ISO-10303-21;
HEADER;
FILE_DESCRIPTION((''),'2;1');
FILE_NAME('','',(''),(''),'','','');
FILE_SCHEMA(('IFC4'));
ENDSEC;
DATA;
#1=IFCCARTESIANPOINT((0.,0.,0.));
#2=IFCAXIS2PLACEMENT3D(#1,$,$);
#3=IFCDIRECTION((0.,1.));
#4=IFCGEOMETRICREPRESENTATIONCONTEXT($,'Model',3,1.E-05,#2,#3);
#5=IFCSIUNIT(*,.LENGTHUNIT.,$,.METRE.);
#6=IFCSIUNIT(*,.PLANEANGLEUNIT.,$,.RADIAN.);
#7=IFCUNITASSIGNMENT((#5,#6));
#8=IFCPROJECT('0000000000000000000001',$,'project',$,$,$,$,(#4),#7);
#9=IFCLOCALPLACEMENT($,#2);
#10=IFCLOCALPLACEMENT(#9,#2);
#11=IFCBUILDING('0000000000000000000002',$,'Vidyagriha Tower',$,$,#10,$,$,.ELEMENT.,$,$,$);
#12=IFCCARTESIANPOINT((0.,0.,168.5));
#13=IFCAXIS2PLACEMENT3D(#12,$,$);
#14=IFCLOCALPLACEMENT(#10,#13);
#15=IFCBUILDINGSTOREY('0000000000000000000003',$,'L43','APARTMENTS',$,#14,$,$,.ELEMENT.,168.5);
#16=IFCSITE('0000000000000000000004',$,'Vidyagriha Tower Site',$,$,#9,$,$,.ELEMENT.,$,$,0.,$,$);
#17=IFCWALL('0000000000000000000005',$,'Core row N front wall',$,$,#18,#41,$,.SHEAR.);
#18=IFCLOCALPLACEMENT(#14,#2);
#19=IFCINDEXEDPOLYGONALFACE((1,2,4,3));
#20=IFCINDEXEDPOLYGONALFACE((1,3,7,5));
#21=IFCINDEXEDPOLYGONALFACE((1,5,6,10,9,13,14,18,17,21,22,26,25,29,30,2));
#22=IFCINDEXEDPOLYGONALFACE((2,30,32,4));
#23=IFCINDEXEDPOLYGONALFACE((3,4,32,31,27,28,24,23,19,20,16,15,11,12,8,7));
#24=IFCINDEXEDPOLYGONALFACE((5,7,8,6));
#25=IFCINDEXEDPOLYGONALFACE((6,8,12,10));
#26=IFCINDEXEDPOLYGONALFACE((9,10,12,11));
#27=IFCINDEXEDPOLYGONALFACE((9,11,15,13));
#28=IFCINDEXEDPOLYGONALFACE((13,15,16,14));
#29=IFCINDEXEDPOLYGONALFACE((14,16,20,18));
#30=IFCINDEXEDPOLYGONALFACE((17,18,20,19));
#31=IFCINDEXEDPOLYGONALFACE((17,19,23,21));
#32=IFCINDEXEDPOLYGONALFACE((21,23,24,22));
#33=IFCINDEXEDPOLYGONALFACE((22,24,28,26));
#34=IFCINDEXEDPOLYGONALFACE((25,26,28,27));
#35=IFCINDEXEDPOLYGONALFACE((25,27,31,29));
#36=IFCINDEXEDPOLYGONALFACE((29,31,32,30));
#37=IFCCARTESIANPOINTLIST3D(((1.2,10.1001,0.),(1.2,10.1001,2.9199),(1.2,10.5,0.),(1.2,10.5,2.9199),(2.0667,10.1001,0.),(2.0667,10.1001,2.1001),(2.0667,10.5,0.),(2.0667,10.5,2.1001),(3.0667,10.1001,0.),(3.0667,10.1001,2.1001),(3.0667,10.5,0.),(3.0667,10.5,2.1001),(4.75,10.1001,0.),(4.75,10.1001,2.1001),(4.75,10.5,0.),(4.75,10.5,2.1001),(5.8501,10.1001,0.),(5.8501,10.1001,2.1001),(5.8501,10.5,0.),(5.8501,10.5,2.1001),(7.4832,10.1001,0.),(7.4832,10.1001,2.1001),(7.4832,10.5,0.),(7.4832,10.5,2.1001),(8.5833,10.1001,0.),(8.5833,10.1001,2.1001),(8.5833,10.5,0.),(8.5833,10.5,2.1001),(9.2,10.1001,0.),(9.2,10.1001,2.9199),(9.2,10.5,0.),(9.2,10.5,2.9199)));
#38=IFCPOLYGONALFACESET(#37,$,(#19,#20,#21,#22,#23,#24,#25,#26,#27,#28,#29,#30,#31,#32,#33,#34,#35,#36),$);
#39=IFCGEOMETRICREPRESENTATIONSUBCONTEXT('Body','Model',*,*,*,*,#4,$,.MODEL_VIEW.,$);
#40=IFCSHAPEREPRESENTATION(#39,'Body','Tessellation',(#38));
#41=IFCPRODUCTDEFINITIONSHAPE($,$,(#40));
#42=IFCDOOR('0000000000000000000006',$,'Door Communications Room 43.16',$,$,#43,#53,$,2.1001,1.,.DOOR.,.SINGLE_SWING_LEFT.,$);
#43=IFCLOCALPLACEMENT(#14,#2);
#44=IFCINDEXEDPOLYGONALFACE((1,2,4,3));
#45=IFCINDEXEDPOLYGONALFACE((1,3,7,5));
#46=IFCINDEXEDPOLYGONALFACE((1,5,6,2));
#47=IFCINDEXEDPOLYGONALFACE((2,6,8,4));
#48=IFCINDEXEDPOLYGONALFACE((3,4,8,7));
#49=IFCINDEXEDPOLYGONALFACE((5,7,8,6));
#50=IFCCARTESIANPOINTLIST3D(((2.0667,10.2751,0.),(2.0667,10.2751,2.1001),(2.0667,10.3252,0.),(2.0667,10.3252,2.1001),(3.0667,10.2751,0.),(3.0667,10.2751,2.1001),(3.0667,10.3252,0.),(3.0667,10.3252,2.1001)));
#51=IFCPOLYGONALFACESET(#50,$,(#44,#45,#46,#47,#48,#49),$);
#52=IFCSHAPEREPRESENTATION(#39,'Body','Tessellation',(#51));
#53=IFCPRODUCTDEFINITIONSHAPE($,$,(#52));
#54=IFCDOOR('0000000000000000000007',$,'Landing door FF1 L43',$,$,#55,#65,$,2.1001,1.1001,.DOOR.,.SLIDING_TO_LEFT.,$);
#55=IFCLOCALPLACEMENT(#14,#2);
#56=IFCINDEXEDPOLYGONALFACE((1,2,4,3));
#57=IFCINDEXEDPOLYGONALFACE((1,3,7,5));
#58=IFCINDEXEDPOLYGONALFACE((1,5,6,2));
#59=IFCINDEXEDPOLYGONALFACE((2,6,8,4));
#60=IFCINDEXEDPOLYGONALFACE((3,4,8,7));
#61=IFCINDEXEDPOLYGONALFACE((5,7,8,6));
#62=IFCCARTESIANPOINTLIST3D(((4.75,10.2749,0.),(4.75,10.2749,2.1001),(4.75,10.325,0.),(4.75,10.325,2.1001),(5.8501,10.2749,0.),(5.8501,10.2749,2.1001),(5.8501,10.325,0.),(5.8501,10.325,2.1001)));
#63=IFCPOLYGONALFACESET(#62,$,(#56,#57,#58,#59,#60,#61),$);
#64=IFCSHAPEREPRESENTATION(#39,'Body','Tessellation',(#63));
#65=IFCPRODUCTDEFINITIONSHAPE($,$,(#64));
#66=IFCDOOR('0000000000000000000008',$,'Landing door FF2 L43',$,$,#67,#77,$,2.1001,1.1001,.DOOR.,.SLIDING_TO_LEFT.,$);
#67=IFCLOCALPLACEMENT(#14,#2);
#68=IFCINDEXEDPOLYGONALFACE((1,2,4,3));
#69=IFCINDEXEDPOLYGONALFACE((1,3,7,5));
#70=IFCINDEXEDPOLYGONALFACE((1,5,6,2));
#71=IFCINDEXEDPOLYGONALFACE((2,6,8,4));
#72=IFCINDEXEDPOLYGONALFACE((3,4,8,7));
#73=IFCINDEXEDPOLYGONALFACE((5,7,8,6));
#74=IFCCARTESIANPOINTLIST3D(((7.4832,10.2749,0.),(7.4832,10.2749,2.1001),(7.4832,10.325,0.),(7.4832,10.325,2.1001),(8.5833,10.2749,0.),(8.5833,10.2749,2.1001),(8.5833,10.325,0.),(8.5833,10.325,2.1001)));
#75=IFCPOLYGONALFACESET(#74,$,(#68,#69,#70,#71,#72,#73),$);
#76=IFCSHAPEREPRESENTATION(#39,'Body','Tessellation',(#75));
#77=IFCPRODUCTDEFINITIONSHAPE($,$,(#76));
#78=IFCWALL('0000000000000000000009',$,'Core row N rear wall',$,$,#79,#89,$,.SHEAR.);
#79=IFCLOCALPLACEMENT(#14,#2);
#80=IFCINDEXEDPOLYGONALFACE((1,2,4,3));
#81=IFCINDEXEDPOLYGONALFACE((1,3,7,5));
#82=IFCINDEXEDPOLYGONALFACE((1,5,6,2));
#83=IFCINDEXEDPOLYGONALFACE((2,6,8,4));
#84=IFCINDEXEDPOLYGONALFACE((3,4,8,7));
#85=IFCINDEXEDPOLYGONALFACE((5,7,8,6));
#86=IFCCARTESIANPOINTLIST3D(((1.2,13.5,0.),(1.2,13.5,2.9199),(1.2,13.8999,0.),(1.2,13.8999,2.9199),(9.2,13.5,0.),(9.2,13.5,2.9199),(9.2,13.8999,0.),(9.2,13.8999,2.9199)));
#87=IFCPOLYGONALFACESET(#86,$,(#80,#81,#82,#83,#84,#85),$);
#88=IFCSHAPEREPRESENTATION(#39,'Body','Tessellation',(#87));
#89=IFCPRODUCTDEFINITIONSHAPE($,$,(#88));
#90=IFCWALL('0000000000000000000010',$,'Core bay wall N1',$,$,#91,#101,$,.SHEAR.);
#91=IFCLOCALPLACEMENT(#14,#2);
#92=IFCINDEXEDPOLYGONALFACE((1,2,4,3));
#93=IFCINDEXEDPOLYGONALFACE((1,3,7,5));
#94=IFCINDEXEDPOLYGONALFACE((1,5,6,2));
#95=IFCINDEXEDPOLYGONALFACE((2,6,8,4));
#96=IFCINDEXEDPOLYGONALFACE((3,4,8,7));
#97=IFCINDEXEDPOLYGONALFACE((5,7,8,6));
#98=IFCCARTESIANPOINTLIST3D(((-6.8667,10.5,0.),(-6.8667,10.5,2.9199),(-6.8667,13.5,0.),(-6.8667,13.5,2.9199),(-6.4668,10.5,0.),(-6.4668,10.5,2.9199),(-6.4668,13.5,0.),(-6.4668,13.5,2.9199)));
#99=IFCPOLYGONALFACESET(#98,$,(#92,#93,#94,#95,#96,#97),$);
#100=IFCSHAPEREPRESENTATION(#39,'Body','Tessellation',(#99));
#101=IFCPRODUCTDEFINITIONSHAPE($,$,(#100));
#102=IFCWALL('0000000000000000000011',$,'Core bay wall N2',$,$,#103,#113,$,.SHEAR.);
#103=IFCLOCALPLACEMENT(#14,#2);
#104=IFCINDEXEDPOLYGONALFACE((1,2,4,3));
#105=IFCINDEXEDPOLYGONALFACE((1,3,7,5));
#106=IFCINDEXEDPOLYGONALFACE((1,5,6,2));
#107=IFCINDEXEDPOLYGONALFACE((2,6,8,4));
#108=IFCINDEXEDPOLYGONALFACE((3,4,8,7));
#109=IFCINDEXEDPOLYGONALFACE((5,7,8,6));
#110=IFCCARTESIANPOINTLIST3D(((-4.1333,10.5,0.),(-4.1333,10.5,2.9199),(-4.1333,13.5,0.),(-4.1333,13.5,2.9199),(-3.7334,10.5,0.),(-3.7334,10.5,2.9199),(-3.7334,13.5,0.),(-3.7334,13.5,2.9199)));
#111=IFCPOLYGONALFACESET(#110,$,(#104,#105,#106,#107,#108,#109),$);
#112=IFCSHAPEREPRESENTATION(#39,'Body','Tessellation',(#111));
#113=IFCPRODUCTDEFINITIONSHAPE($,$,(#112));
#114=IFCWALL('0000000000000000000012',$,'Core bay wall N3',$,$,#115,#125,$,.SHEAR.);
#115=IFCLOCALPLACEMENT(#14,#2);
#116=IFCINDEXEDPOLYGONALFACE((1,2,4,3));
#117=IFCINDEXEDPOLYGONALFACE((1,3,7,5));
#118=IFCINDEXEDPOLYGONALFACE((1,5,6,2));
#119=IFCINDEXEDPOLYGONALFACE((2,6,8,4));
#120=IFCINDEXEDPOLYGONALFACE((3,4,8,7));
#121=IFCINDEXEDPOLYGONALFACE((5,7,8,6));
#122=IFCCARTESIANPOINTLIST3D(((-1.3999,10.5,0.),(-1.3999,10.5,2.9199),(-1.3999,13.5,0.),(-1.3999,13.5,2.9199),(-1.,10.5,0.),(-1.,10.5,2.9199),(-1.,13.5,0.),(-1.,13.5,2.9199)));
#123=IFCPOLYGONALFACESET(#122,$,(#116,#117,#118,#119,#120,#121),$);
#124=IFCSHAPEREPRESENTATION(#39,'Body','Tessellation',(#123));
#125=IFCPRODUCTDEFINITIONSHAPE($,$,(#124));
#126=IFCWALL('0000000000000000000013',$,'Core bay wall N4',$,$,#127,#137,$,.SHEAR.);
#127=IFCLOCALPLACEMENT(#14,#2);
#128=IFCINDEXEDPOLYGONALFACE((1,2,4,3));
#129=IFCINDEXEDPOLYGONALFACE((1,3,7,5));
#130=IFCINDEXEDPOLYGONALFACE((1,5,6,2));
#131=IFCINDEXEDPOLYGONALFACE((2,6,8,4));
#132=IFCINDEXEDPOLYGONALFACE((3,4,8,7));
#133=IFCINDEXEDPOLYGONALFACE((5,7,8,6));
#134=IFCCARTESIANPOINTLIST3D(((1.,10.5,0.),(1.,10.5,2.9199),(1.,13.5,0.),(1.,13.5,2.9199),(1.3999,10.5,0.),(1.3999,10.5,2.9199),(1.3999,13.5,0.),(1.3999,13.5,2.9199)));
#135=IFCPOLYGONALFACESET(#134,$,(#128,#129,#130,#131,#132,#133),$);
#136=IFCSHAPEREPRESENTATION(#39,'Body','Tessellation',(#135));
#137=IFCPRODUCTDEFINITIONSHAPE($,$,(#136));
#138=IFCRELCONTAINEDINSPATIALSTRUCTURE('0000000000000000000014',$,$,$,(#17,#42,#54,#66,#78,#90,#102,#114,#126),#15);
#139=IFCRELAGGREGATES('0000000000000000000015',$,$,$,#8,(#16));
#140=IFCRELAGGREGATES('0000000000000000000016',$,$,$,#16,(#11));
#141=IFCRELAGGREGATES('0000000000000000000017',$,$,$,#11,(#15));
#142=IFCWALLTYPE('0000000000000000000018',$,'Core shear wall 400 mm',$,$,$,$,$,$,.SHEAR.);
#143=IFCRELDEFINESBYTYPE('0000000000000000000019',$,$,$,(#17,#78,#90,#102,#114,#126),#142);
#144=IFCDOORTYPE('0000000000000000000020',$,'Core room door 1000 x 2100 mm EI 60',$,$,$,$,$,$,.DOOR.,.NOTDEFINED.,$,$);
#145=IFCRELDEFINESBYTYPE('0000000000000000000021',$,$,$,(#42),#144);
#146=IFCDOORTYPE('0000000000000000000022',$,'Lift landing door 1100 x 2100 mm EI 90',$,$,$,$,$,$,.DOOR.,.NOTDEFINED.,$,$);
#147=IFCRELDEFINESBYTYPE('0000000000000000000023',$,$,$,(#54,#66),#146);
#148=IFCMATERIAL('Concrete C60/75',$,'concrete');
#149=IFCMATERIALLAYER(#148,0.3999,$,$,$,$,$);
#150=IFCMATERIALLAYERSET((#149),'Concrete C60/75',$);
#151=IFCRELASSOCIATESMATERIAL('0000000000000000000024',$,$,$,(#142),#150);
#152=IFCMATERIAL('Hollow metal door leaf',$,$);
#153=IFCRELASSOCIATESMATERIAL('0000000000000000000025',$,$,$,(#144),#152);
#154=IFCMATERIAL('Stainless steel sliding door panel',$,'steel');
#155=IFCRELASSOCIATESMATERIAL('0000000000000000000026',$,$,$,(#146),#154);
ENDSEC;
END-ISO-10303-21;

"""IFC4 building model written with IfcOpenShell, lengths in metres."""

from ifc_helpers import new_model, si_unit, direction, frame, frame_2d, origin, place, context, subcontext, project, spatial, rectangle, extrude, material, layer, layer_set, type_object, element, fill, save


model = new_model("IFC4")

# Units and contexts
model_context = context("Model", 3, precision=1e-05, world=origin(), true_north=direction((0.0, 1.0)))
body_context = subcontext(model_context, "Body", "Model", "MODEL_VIEW")
ifc_project = project(units=[si_unit("LENGTHUNIT", "METRE"), si_unit("PLANEANGLEUNIT", "RADIAN")], contexts=[model_context])

# Site, building, storey
site_placement = place(None, origin())
site = spatial("IfcSite", under=ifc_project, at=site_placement, Name="Vidyagriha Tower Site", CompositionType="ELEMENT", RefElevation=0.0)
building_placement = place(site_placement, origin())
building = spatial("IfcBuilding", under=site, at=building_placement, Name="Vidyagriha Tower", CompositionType="ELEMENT")
storey_placement = place(building_placement, frame((0.0, 0.0, 168.5)))
storey = spatial("IfcBuildingStorey", under=building, at=storey_placement, Name="L43", Description="APARTMENTS", CompositionType="ELEMENT", Elevation=168.5)

# Shared definitions
ifc_material_1 = material(Name="Concrete C60/75", Category="concrete")
ifc_layer_1 = layer(ifc_material_1, 0.3999)
ifc_layer_set_1 = layer_set([ifc_layer_1], Name="Concrete C60/75")
wall_type_1 = type_object("IfcWallType", Name="Core shear wall 400 mm", PredefinedType="SHEAR", material=ifc_layer_set_1)
ifc_material_2 = material(Name="Hollow metal door leaf")
door_type_1 = type_object("IfcDoorType", Name="Core room door 1000 x 2100 mm EI 60", OperationType="NOTDEFINED", PredefinedType="DOOR", material=ifc_material_2)

# Shared definitions
ifc_material_3 = material(Name="Stainless steel sliding door panel", Category="steel")
door_type_2 = type_object("IfcDoorType", Name="Lift landing door 1100 x 2100 mm EI 90", OperationType="NOTDEFINED", PredefinedType="DOOR", material=ifc_material_3)

# Wall, openings, doors
wall_1_placement = place(storey_placement, frame((1.2, 10.3, 0.0)))
wall_1 = element("IfcWall", 1, at=wall_1_placement, inside=storey, type_object=wall_type_1, Name="Core row N front wall", PredefinedType="SHEAR", context=body_context, shape_type="SweptSolid", body=[
    extrude(rectangle(XDim=8.0, YDim=0.3999, at=frame_2d((4.0, 0.0))), origin(), (0.0, 0.0, 1.0), 2.9199),
])
opening_1_placement = place(wall_1_placement, frame((3.55, 0.0, 0.0)))
opening_1 = element("IfcOpeningElement", 2, at=opening_1_placement, cuts=wall_1, PredefinedType="OPENING", context=body_context, shape_type="SweptSolid", body=[
    extrude(rectangle(XDim=1.1001, YDim=2.1001, at=frame_2d((0.55, 1.05))), frame((0.0, 0.21, 0.0), z_axis=(0.0, -1.0, 0.0), x_axis=(1.0, 0.0, 0.0)), (0.0, 0.0, 1.0), 0.4199),
])
opening_2_placement = place(wall_1_placement, frame((6.2832, 0.0, 0.0)))
opening_2 = element("IfcOpeningElement", 3, at=opening_2_placement, cuts=wall_1, PredefinedType="OPENING", context=body_context, shape_type="SweptSolid", body=[
    extrude(rectangle(XDim=1.1001, YDim=2.1001, at=frame_2d((0.55, 1.05))), frame((0.0, 0.21, 0.0), z_axis=(0.0, -1.0, 0.0), x_axis=(1.0, 0.0, 0.0)), (0.0, 0.0, 1.0), 0.4199),
])
opening_3_placement = place(wall_1_placement, frame((0.8667, 0.0, 0.0)))
opening_3 = element("IfcOpeningElement", 4, at=opening_3_placement, cuts=wall_1, PredefinedType="OPENING", context=body_context, shape_type="SweptSolid", body=[
    extrude(rectangle(XDim=1.0, YDim=2.1001, at=frame_2d((0.5, 1.05))), frame((0.0, 0.21, 0.0), z_axis=(0.0, -1.0, 0.0), x_axis=(1.0, 0.0, 0.0)), (0.0, 0.0, 1.0), 0.4199),
])
door_1_placement = place(opening_3_placement, frame((1.0, 0.0, 0.0), z_axis=(0.0, 0.0, 1.0), x_axis=(-1.0, 0.0, 0.0)))
door_1 = element("IfcDoor", 5, at=door_1_placement, inside=storey, type_object=door_type_1, Name="Door Communications Room 43.16", OperationType="SINGLE_SWING_LEFT", OverallHeight=2.1001, OverallWidth=1.0, PredefinedType="DOOR", context=body_context, shape_type="SweptSolid", body=[
    extrude(rectangle(XDim=1.0, YDim=2.1001, at=frame_2d((0.5, 1.05))), frame((0.0, 0.0249, 0.0), z_axis=(0.0, -1.0, 0.0), x_axis=(1.0, 0.0, 0.0)), (0.0, 0.0, 1.0), 0.05),
])
fill(opening_3, door_1)
door_2_placement = place(opening_1_placement, origin())
door_2 = element("IfcDoor", 6, at=door_2_placement, inside=storey, type_object=door_type_2, Name="Landing door FF1 L43", OperationType="SLIDING_TO_LEFT", OverallHeight=2.1001, OverallWidth=1.1001, PredefinedType="DOOR", context=body_context, shape_type="SweptSolid", body=[
    extrude(rectangle(XDim=1.1001, YDim=2.1001, at=frame_2d((0.55, 1.05))), frame((0.0, 0.0249, 0.0), z_axis=(0.0, -1.0, 0.0), x_axis=(1.0, 0.0, 0.0)), (0.0, 0.0, 1.0), 0.05),
])
fill(opening_1, door_2)
door_3_placement = place(opening_2_placement, origin())
door_3 = element("IfcDoor", 7, at=door_3_placement, inside=storey, type_object=door_type_2, Name="Landing door FF2 L43", OperationType="SLIDING_TO_LEFT", OverallHeight=2.1001, OverallWidth=1.1001, PredefinedType="DOOR", context=body_context, shape_type="SweptSolid", body=[
    extrude(rectangle(XDim=1.1001, YDim=2.1001, at=frame_2d((0.55, 1.05))), frame((0.0, 0.0249, 0.0), z_axis=(0.0, -1.0, 0.0), x_axis=(1.0, 0.0, 0.0)), (0.0, 0.0, 1.0), 0.05),
])
fill(opening_2, door_3)

# Walls
wall_2_placement = place(storey_placement, frame((1.2, 13.7, 0.0)))
element("IfcWall", 8, at=wall_2_placement, inside=storey, type_object=wall_type_1, Name="Core row N rear wall", PredefinedType="SHEAR", context=body_context, shape_type="SweptSolid", body=[
    extrude(rectangle(XDim=8.0, YDim=0.3999, at=frame_2d((4.0, 0.0))), origin(), (0.0, 0.0, 1.0), 2.9199),
])
for number, where, z_axis, x_axis, name in (
    (9, (-6.6667, 10.5, 0.0), (0.0, 0.0, 1.0), (0.0, 1.0, 0.0), "Core bay wall N1"),
    (10, (-3.9333, 10.5, 0.0), (0.0, 0.0, 1.0), (0.0, 1.0, 0.0), "Core bay wall N2"),
    (11, (-1.2, 10.5, 0.0), (0.0, 0.0, 1.0), (0.0, 1.0, 0.0), "Core bay wall N3"),
    (12, (1.2, 10.5, 0.0), (0.0, 0.0, 1.0), (0.0, 1.0, 0.0), "Core bay wall N4"),
):
    element("IfcWall", number, at=place(storey_placement, frame(where, z_axis=z_axis, x_axis=x_axis)), inside=storey, type_object=wall_type_1, Name=name, PredefinedType="SHEAR", context=body_context, shape_type="SweptSolid", body=[
        extrude(rectangle(XDim=3.0, YDim=0.3999, at=frame_2d((1.5, 0.0))), origin(), (0.0, 0.0, 1.0), 2.9199),
    ])

save(model, "model.ifc")
